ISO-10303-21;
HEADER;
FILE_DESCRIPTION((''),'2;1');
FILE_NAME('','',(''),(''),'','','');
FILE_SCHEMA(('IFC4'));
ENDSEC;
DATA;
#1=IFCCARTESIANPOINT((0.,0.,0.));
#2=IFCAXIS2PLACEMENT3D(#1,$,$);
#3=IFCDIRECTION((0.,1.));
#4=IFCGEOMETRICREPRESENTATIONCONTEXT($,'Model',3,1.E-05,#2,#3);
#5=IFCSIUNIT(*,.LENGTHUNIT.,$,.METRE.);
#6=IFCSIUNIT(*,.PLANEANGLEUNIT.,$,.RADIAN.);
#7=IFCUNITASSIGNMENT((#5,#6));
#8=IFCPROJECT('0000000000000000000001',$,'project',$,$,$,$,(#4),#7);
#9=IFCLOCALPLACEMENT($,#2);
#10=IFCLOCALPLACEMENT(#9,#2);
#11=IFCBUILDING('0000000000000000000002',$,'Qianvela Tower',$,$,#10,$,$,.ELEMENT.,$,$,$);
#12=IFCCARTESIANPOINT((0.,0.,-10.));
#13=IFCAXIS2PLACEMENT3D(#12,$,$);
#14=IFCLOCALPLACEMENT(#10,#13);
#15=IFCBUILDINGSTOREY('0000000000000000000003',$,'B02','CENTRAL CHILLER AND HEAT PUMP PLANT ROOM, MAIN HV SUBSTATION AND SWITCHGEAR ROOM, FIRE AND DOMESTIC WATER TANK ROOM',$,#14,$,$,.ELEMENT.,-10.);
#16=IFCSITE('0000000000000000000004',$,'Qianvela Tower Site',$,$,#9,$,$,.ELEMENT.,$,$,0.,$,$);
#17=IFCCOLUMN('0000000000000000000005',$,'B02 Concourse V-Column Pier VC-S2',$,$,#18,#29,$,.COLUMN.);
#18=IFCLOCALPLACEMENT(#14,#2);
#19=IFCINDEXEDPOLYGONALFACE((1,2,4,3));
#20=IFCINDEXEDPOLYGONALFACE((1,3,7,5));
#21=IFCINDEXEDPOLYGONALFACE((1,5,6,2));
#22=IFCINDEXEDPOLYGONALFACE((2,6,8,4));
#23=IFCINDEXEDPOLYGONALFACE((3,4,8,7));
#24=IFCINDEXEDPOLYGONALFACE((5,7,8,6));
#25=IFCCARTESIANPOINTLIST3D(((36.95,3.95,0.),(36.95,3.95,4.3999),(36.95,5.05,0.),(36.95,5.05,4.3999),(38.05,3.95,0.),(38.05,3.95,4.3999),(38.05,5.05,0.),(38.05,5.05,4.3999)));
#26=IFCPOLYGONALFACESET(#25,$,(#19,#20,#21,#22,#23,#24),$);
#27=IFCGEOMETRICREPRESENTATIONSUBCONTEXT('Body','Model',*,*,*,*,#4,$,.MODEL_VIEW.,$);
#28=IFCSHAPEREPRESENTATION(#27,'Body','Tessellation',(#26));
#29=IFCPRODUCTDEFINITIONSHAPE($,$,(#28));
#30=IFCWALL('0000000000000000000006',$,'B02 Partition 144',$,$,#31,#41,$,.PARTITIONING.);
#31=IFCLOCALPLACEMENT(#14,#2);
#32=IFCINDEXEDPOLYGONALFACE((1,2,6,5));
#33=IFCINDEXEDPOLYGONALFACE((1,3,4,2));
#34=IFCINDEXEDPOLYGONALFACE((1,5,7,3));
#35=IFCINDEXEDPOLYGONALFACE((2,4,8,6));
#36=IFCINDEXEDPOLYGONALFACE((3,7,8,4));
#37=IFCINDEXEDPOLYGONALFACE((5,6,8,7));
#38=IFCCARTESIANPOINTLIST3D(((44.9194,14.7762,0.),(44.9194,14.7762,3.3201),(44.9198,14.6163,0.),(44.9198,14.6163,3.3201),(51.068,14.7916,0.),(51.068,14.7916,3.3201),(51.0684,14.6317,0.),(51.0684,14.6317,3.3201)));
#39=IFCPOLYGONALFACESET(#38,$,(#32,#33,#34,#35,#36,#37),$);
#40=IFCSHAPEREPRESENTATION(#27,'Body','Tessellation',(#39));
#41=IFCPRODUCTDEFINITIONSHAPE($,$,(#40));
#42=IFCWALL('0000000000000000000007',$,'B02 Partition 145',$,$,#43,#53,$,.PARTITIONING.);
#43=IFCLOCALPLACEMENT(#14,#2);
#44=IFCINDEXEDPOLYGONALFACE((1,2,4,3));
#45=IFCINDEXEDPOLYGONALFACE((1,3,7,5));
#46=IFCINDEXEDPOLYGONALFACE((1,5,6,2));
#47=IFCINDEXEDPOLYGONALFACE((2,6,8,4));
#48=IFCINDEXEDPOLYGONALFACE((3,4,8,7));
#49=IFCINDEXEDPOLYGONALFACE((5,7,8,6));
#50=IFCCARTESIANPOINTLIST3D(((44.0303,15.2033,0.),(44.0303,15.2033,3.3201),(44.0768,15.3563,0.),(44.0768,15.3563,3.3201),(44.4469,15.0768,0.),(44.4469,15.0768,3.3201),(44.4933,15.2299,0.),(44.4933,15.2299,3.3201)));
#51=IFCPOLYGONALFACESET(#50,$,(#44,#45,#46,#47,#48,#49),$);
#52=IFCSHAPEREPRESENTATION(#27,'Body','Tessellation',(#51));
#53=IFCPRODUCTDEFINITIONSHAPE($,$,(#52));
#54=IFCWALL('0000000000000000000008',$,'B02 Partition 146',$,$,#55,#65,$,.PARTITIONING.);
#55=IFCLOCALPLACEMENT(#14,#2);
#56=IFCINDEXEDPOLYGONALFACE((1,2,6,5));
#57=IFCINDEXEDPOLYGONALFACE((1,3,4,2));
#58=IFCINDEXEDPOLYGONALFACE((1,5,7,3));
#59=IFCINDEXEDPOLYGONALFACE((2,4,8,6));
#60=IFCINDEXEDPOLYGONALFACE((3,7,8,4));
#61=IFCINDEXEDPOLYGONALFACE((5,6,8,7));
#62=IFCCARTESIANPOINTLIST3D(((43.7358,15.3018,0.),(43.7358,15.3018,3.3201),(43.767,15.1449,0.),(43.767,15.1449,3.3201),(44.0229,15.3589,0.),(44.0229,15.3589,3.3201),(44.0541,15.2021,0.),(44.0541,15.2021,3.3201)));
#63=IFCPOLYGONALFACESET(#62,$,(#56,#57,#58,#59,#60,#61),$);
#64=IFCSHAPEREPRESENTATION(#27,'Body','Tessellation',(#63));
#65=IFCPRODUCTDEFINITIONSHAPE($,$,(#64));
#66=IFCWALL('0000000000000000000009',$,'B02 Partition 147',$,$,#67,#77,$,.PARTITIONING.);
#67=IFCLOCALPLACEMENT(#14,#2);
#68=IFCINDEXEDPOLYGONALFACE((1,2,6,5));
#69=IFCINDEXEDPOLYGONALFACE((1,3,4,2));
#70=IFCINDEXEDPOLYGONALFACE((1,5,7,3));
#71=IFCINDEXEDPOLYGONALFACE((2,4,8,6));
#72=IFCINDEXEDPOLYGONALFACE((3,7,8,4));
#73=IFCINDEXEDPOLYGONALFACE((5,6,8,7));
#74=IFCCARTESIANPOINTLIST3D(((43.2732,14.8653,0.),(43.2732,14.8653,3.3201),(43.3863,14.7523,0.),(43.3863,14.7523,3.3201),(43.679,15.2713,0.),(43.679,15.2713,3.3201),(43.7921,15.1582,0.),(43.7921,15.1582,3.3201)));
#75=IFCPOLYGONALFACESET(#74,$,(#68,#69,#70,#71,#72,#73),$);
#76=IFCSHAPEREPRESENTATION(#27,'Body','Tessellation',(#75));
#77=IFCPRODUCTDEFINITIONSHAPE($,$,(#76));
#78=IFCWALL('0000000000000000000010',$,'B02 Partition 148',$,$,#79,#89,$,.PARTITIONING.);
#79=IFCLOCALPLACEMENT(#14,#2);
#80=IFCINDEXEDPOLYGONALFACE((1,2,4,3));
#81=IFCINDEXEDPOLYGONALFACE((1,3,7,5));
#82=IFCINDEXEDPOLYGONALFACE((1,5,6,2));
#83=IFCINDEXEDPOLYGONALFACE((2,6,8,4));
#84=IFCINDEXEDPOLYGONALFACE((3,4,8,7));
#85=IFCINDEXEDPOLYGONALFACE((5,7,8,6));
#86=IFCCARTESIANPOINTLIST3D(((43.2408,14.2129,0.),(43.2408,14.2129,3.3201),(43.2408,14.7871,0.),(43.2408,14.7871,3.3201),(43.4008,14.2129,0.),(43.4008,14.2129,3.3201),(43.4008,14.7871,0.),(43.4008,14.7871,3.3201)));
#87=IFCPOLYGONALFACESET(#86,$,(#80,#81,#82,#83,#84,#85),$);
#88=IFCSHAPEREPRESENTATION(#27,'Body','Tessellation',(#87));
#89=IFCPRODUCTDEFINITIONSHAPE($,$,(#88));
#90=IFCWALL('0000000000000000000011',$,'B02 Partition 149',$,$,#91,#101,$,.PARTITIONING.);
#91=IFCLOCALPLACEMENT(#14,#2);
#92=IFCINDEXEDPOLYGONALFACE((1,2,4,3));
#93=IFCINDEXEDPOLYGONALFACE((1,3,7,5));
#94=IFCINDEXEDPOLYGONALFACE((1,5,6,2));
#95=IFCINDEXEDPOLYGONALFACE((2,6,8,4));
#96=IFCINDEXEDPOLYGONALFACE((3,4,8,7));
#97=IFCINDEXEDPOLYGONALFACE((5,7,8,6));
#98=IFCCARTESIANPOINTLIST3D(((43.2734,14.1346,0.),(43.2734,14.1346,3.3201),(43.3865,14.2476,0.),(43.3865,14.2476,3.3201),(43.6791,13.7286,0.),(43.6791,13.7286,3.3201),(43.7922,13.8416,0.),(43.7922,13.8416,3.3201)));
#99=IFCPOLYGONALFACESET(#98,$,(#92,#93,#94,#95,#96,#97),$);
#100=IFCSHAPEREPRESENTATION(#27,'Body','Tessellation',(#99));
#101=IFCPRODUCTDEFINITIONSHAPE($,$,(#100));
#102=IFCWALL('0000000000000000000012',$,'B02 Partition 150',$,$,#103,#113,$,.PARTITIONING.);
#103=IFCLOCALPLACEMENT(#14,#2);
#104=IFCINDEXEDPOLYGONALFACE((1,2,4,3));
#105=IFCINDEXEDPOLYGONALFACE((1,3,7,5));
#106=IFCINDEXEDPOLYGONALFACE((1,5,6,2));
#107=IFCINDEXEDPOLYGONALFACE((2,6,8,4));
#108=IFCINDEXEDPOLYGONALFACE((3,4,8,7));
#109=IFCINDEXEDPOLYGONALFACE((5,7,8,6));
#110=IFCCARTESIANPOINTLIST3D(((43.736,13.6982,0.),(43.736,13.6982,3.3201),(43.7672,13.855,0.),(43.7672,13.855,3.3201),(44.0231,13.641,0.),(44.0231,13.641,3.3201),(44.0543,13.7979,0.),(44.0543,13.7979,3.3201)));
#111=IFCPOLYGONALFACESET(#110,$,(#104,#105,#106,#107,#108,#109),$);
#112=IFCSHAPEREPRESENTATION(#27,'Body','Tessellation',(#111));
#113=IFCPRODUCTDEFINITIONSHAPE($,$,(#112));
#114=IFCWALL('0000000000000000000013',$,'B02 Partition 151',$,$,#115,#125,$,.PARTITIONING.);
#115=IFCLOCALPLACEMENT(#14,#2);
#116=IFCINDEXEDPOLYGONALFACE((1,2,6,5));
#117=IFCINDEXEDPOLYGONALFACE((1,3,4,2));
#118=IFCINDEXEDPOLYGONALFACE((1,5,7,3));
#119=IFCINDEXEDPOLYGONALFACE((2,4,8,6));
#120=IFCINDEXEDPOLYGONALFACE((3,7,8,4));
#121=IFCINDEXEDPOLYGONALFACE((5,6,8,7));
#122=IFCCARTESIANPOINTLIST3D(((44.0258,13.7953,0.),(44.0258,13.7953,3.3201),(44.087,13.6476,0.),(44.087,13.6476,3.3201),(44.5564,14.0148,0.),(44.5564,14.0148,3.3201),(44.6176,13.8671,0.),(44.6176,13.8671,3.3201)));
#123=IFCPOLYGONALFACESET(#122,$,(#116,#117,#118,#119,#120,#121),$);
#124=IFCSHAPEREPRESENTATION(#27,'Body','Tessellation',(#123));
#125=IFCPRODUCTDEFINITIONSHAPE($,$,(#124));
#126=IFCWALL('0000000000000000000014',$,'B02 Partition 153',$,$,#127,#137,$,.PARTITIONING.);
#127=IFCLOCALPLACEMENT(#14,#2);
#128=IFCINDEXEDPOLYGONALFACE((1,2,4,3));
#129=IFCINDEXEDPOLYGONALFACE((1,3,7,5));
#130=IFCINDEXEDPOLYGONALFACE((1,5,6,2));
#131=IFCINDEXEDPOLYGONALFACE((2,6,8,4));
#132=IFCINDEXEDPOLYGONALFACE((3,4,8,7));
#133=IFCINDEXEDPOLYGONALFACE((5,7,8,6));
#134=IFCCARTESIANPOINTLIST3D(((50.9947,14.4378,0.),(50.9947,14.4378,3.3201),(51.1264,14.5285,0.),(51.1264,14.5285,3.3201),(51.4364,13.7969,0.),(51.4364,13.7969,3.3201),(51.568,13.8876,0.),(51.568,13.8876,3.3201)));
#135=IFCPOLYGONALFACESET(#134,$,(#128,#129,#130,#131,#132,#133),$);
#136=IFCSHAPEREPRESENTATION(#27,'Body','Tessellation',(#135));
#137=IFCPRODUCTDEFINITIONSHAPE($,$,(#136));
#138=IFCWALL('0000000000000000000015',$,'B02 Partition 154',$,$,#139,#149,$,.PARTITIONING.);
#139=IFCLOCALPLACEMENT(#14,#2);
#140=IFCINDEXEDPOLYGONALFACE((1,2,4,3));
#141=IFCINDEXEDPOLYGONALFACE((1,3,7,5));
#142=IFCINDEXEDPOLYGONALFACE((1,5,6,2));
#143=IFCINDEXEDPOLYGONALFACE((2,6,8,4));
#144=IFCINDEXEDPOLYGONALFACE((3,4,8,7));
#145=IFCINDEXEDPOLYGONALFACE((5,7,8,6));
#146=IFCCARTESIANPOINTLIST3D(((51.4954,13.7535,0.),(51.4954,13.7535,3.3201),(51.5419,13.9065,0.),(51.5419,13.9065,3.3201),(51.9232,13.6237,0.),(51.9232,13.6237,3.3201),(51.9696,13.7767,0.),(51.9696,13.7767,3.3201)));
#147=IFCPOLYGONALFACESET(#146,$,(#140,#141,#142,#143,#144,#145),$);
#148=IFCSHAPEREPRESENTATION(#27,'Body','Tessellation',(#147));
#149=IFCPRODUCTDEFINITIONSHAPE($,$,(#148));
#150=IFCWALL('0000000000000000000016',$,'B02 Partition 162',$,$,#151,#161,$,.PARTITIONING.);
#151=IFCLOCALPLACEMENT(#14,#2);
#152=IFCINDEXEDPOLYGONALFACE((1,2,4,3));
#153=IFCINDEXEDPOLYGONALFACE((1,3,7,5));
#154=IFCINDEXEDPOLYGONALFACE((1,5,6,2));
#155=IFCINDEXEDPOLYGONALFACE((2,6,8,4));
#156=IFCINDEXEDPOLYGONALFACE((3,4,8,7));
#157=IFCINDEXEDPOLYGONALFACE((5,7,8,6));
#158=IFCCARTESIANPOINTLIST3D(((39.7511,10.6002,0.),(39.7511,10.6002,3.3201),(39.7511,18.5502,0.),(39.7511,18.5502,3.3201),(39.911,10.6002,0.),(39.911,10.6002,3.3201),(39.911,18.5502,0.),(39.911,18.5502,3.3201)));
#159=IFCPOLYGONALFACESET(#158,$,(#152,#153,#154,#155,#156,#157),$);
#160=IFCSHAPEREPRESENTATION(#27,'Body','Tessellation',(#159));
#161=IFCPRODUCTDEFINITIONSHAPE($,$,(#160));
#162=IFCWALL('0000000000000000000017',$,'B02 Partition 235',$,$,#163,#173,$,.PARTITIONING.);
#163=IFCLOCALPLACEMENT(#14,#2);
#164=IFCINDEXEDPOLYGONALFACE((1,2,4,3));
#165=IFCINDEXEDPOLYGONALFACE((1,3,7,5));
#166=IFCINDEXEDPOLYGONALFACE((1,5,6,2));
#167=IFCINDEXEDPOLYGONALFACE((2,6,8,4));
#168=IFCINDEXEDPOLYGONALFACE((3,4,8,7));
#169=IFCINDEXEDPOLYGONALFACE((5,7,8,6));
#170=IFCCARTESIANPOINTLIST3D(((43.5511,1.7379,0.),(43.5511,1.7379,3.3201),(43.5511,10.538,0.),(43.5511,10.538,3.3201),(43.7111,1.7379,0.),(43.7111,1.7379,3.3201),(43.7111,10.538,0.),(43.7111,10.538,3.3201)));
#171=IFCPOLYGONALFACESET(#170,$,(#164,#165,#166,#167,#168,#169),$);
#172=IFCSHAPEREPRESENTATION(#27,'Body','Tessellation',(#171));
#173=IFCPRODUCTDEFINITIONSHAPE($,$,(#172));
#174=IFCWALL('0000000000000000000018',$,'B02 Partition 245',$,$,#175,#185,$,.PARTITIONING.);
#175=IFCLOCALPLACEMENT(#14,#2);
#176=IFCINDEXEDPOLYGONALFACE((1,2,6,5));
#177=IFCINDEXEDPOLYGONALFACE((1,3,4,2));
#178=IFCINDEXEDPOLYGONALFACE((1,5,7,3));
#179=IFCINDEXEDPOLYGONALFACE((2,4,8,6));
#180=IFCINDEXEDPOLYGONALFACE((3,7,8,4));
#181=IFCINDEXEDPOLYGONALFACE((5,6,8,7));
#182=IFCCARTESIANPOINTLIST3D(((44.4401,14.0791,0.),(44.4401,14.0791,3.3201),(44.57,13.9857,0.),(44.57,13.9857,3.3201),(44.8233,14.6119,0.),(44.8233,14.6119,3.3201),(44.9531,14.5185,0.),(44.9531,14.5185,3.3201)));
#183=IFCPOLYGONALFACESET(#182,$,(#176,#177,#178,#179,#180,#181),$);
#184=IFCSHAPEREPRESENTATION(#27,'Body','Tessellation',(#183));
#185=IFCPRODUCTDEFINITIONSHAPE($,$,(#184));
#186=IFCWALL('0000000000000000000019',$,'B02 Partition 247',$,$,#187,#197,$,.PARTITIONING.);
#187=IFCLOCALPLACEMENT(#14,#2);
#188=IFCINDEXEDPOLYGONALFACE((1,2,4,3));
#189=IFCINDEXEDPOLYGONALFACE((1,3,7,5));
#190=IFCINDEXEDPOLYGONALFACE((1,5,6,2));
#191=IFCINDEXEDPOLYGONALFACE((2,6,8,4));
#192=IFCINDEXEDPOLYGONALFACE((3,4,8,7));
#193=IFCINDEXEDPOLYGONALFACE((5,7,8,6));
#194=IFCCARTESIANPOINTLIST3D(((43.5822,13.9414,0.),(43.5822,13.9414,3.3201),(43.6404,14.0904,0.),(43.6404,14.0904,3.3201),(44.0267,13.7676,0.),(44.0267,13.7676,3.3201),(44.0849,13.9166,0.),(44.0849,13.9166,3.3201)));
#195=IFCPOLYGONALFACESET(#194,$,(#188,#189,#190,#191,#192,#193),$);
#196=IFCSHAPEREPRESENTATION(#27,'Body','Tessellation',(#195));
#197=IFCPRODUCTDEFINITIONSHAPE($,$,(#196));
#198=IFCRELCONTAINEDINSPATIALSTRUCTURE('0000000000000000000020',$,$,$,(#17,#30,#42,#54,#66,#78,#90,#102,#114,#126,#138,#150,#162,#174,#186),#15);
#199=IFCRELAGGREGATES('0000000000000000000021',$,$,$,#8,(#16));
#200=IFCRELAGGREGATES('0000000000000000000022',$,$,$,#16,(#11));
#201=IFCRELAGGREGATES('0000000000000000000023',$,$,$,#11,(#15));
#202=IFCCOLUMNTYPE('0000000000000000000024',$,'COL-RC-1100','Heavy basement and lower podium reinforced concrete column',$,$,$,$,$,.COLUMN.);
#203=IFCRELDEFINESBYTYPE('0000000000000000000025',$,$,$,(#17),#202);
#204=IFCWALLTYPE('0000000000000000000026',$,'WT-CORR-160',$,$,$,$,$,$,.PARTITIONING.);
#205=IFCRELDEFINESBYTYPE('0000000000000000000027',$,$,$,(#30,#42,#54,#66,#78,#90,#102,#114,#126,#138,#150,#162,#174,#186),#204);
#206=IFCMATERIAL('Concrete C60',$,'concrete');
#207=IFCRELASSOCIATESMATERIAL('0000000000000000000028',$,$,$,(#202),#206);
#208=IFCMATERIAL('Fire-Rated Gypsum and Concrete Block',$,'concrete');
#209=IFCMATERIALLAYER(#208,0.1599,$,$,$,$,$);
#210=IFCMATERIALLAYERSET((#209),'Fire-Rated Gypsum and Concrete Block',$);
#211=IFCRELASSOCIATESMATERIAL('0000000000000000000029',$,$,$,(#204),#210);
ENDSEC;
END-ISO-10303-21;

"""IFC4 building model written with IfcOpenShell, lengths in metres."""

from ifc_helpers import new_model, si_unit, direction, frame, frame_2d, origin, origin_2d, place, context, subcontext, project, spatial, rectangle, extrude, material, layer, layer_set, material_profile, profile_set, type_object, element, save


model = new_model("IFC4")

# Units and contexts
model_context = context("Model", 3, precision=1e-05, world=origin(), true_north=direction((0.0, 1.0)))
body_context = subcontext(model_context, "Body", "Model", "MODEL_VIEW")
ifc_project = project(units=[si_unit("LENGTHUNIT", "METRE"), si_unit("PLANEANGLEUNIT", "RADIAN")], contexts=[model_context])

# Site, building, storey
site_placement = place(None, origin())
site = spatial("IfcSite", under=ifc_project, at=site_placement, Name="Qianvela Tower Site", CompositionType="ELEMENT", RefElevation=0.0)
building_placement = place(site_placement, origin())
building = spatial("IfcBuilding", under=site, at=building_placement, Name="Qianvela Tower", CompositionType="ELEMENT")
storey_placement = place(building_placement, frame((0.0, 0.0, -10.0)))
storey = spatial("IfcBuildingStorey", under=building, at=storey_placement, Name="B02", Description="CENTRAL CHILLER AND HEAT PUMP PLANT ROOM, MAIN HV SUBSTATION AND SWITCHGEAR ROOM, FIRE AND DOMESTIC WATER TANK ROOM", CompositionType="ELEMENT", Elevation=-10.0)

# Column
ifc_material_1 = material(Name="Concrete C60", Category="concrete")
ifc_material_profile_1 = material_profile(ifc_material_1, rectangle(XDim=1.1001, YDim=1.1001, at=origin_2d()), Name="RC-COL-1100x1100")
ifc_profile_set_1 = profile_set([ifc_material_profile_1], Name="Concrete C60")
column_type_1 = type_object("IfcColumnType", Name="COL-RC-1100", Description="Heavy basement and lower podium reinforced concrete column", PredefinedType="COLUMN", material=ifc_profile_set_1)
for number, where, z_axis, x_axis, name in (
    (1, (37.5, 4.5, 0.0), (0.0, 0.0, 1.0), (1.0, 0.0, 0.0), "B02 Concourse V-Column Pier VC-S2"),
):
    element("IfcColumn", number, at=place(storey_placement, frame(where, z_axis=z_axis, x_axis=x_axis)), inside=storey, type_object=column_type_1, Name=name, PredefinedType="COLUMN", context=body_context, shape_type="SweptSolid", body=[
        extrude(rectangle(XDim=1.1001, YDim=1.1001, at=origin_2d()), origin(), (0.0, 0.0, 1.0), 4.3999),
    ])

# Walls
ifc_material_2 = material(Name="Fire-Rated Gypsum and Concrete Block", Category="concrete")
ifc_layer = layer(ifc_material_2, 0.1599)
ifc_layer_set = layer_set([ifc_layer], Name="Fire-Rated Gypsum and Concrete Block")
wall_type = type_object("IfcWallType", Name="WT-CORR-160", PredefinedType="PARTITIONING", material=ifc_layer_set)
wall_1_placement = place(storey_placement, frame((51.0681, 14.7117, 0.0), z_axis=(0.0, 0.0, 1.0), x_axis=(-0.999997, -0.002501, 0.0)))
element("IfcWall", 2, at=wall_1_placement, inside=storey, type_object=wall_type, Name="B02 Partition 144", PredefinedType="PARTITIONING", context=body_context, shape_type="SweptSolid", body=[
    extrude(rectangle(XDim=6.1487, YDim=0.1599, at=frame_2d((3.0742, 0.0))), origin(), (0.0, 0.0, 1.0), 3.3201),
])
wall_2_placement = place(storey_placement, frame((44.4702, 15.1533, 0.0), z_axis=(0.0, 0.0, 1.0), x_axis=(-0.956864, 0.290537, 0.0)))
element("IfcWall", 3, at=wall_2_placement, inside=storey, type_object=wall_type, Name="B02 Partition 145", PredefinedType="PARTITIONING", context=body_context, shape_type="SweptSolid", body=[
    extrude(rectangle(XDim=0.4353, YDim=0.1599, at=frame_2d((0.2178, 0.0))), origin(), (0.0, 0.0, 1.0), 3.3201),
])
wall_3_placement = place(storey_placement, frame((44.0386, 15.2805, 0.0), z_axis=(0.0, 0.0, 1.0), x_axis=(-0.980773, -0.195154, 0.0)))
element("IfcWall", 4, at=wall_3_placement, inside=storey, type_object=wall_type, Name="B02 Partition 146", PredefinedType="PARTITIONING", context=body_context, shape_type="SweptSolid", body=[
    extrude(rectangle(XDim=0.2927, YDim=0.1599, at=frame_2d((0.1465, 0.0))), origin(), (0.0, 0.0, 1.0), 3.3201),
])
wall_4_placement = place(storey_placement, frame((43.7356, 15.2148, 0.0), z_axis=(0.0, 0.0, 1.0), x_axis=(-0.706894, -0.707319, 0.0)))
element("IfcWall", 5, at=wall_4_placement, inside=storey, type_object=wall_type, Name="B02 Partition 147", PredefinedType="PARTITIONING", context=body_context, shape_type="SweptSolid", body=[
    extrude(rectangle(XDim=0.574, YDim=0.1599, at=frame_2d((0.2871, 0.0))), origin(), (0.0, 0.0, 1.0), 3.3201),
])
wall_5_placement = place(storey_placement, frame((43.3208, 14.7871, 0.0), z_axis=(0.0, 0.0, 1.0), x_axis=(0.0, -1.0, 0.0)))
element("IfcWall", 6, at=wall_5_placement, inside=storey, type_object=wall_type, Name="B02 Partition 148", PredefinedType="PARTITIONING", context=body_context, shape_type="SweptSolid", body=[
    extrude(rectangle(XDim=0.5742, YDim=0.1599, at=frame_2d((0.2871, 0.0))), origin(), (0.0, 0.0, 1.0), 3.3201),
])
wall_6_placement = place(storey_placement, frame((43.3298, 14.1912, 0.0), z_axis=(0.0, 0.0, 1.0), x_axis=(0.706894, -0.707319, 0.0)))
element("IfcWall", 7, at=wall_6_placement, inside=storey, type_object=wall_type, Name="B02 Partition 149", PredefinedType="PARTITIONING", context=body_context, shape_type="SweptSolid", body=[
    extrude(rectangle(XDim=0.574, YDim=0.1599, at=frame_2d((0.2871, 0.0))), origin(), (0.0, 0.0, 1.0), 3.3201),
])
wall_7_placement = place(storey_placement, frame((43.7515, 13.7766, 0.0), z_axis=(0.0, 0.0, 1.0), x_axis=(0.980773, -0.195154, 0.0)))
element("IfcWall", 8, at=wall_7_placement, inside=storey, type_object=wall_type, Name="B02 Partition 150", PredefinedType="PARTITIONING", context=body_context, shape_type="SweptSolid", body=[
    extrude(rectangle(XDim=0.2927, YDim=0.1599, at=frame_2d((0.1465, 0.0))), origin(), (0.0, 0.0, 1.0), 3.3201),
])
wall_8_placement = place(storey_placement, frame((44.0564, 13.7214, 0.0), z_axis=(0.0, 0.0, 1.0), x_axis=(0.924043, 0.382289, 0.0)))
element("IfcWall", 9, at=wall_8_placement, inside=storey, type_object=wall_type, Name="B02 Partition 151", PredefinedType="PARTITIONING", context=body_context, shape_type="SweptSolid", body=[
    extrude(rectangle(XDim=0.5742, YDim=0.1599, at=frame_2d((0.2871, 0.0))), origin(), (0.0, 0.0, 1.0), 3.3201),
])
wall_9_placement = place(storey_placement, frame((51.0605, 14.4832, 0.0), z_axis=(0.0, 0.0, 1.0), x_axis=(0.567447, -0.82341, 0.0)))
element("IfcWall", 10, at=wall_9_placement, inside=storey, type_object=wall_type, Name="B02 Partition 153", PredefinedType="PARTITIONING", context=body_context, shape_type="SweptSolid", body=[
    extrude(rectangle(XDim=0.7783, YDim=0.1599, at=frame_2d((0.3892, 0.0))), origin(), (0.0, 0.0, 1.0), 3.3201),
])
wall_10_placement = place(storey_placement, frame((51.5186, 13.8301, 0.0), z_axis=(0.0, 0.0, 1.0), x_axis=(0.956859, -0.290553, 0.0)))
element("IfcWall", 11, at=wall_10_placement, inside=storey, type_object=wall_type, Name="B02 Partition 154", PredefinedType="PARTITIONING", context=body_context, shape_type="SweptSolid", body=[
    extrude(rectangle(XDim=0.447, YDim=0.1599, at=frame_2d((0.2236, 0.0))), origin(), (0.0, 0.0, 1.0), 3.3201),
])
wall_11_placement = place(storey_placement, frame((39.8311, 10.6001, 0.0), z_axis=(0.0, 0.0, 1.0), x_axis=(0.0, 1.0, 0.0)))
element("IfcWall", 12, at=wall_11_placement, inside=storey, type_object=wall_type, Name="B02 Partition 162", PredefinedType="PARTITIONING", context=body_context, shape_type="SweptSolid", body=[
    extrude(rectangle(XDim=7.95, YDim=0.1599, at=frame_2d((3.9751, 0.0))), origin(), (0.0, 0.0, 1.0), 3.3201),
])
wall_12_placement = place(storey_placement, frame((43.6311, 1.738, 0.0), z_axis=(0.0, 0.0, 1.0), x_axis=(0.0, 1.0, 0.0)))
element("IfcWall", 13, at=wall_12_placement, inside=storey, type_object=wall_type, Name="B02 Partition 235", PredefinedType="PARTITIONING", context=body_context, shape_type="SweptSolid", body=[
    extrude(rectangle(XDim=8.8, YDim=0.1599, at=frame_2d((4.3999, 0.0))), origin(), (0.0, 0.0, 1.0), 3.3201),
])
wall_13_placement = place(storey_placement, frame((44.8882, 14.5652, 0.0), z_axis=(0.0, 0.0, 1.0), x_axis=(-0.583805, -0.811894, 0.0)))
element("IfcWall", 14, at=wall_13_placement, inside=storey, type_object=wall_type, Name="B02 Partition 245", PredefinedType="PARTITIONING", context=body_context, shape_type="SweptSolid", body=[
    extrude(rectangle(XDim=0.6562, YDim=0.1599, at=frame_2d((0.3281, 0.0))), origin(), (0.0, 0.0, 1.0), 3.3201),
])
wall_14_placement = place(storey_placement, frame((44.0559, 13.842, 0.0), z_axis=(0.0, 0.0, 1.0), x_axis=(-0.931341, 0.364149, 0.0)))
element("IfcWall", 15, at=wall_14_placement, inside=storey, type_object=wall_type, Name="B02 Partition 247", PredefinedType="PARTITIONING", context=body_context, shape_type="SweptSolid", body=[
    extrude(rectangle(XDim=0.4773, YDim=0.1599, at=frame_2d((0.2388, 0.0))), origin(), (0.0, 0.0, 1.0), 3.3201),
])

save(model, "model.ifc")
